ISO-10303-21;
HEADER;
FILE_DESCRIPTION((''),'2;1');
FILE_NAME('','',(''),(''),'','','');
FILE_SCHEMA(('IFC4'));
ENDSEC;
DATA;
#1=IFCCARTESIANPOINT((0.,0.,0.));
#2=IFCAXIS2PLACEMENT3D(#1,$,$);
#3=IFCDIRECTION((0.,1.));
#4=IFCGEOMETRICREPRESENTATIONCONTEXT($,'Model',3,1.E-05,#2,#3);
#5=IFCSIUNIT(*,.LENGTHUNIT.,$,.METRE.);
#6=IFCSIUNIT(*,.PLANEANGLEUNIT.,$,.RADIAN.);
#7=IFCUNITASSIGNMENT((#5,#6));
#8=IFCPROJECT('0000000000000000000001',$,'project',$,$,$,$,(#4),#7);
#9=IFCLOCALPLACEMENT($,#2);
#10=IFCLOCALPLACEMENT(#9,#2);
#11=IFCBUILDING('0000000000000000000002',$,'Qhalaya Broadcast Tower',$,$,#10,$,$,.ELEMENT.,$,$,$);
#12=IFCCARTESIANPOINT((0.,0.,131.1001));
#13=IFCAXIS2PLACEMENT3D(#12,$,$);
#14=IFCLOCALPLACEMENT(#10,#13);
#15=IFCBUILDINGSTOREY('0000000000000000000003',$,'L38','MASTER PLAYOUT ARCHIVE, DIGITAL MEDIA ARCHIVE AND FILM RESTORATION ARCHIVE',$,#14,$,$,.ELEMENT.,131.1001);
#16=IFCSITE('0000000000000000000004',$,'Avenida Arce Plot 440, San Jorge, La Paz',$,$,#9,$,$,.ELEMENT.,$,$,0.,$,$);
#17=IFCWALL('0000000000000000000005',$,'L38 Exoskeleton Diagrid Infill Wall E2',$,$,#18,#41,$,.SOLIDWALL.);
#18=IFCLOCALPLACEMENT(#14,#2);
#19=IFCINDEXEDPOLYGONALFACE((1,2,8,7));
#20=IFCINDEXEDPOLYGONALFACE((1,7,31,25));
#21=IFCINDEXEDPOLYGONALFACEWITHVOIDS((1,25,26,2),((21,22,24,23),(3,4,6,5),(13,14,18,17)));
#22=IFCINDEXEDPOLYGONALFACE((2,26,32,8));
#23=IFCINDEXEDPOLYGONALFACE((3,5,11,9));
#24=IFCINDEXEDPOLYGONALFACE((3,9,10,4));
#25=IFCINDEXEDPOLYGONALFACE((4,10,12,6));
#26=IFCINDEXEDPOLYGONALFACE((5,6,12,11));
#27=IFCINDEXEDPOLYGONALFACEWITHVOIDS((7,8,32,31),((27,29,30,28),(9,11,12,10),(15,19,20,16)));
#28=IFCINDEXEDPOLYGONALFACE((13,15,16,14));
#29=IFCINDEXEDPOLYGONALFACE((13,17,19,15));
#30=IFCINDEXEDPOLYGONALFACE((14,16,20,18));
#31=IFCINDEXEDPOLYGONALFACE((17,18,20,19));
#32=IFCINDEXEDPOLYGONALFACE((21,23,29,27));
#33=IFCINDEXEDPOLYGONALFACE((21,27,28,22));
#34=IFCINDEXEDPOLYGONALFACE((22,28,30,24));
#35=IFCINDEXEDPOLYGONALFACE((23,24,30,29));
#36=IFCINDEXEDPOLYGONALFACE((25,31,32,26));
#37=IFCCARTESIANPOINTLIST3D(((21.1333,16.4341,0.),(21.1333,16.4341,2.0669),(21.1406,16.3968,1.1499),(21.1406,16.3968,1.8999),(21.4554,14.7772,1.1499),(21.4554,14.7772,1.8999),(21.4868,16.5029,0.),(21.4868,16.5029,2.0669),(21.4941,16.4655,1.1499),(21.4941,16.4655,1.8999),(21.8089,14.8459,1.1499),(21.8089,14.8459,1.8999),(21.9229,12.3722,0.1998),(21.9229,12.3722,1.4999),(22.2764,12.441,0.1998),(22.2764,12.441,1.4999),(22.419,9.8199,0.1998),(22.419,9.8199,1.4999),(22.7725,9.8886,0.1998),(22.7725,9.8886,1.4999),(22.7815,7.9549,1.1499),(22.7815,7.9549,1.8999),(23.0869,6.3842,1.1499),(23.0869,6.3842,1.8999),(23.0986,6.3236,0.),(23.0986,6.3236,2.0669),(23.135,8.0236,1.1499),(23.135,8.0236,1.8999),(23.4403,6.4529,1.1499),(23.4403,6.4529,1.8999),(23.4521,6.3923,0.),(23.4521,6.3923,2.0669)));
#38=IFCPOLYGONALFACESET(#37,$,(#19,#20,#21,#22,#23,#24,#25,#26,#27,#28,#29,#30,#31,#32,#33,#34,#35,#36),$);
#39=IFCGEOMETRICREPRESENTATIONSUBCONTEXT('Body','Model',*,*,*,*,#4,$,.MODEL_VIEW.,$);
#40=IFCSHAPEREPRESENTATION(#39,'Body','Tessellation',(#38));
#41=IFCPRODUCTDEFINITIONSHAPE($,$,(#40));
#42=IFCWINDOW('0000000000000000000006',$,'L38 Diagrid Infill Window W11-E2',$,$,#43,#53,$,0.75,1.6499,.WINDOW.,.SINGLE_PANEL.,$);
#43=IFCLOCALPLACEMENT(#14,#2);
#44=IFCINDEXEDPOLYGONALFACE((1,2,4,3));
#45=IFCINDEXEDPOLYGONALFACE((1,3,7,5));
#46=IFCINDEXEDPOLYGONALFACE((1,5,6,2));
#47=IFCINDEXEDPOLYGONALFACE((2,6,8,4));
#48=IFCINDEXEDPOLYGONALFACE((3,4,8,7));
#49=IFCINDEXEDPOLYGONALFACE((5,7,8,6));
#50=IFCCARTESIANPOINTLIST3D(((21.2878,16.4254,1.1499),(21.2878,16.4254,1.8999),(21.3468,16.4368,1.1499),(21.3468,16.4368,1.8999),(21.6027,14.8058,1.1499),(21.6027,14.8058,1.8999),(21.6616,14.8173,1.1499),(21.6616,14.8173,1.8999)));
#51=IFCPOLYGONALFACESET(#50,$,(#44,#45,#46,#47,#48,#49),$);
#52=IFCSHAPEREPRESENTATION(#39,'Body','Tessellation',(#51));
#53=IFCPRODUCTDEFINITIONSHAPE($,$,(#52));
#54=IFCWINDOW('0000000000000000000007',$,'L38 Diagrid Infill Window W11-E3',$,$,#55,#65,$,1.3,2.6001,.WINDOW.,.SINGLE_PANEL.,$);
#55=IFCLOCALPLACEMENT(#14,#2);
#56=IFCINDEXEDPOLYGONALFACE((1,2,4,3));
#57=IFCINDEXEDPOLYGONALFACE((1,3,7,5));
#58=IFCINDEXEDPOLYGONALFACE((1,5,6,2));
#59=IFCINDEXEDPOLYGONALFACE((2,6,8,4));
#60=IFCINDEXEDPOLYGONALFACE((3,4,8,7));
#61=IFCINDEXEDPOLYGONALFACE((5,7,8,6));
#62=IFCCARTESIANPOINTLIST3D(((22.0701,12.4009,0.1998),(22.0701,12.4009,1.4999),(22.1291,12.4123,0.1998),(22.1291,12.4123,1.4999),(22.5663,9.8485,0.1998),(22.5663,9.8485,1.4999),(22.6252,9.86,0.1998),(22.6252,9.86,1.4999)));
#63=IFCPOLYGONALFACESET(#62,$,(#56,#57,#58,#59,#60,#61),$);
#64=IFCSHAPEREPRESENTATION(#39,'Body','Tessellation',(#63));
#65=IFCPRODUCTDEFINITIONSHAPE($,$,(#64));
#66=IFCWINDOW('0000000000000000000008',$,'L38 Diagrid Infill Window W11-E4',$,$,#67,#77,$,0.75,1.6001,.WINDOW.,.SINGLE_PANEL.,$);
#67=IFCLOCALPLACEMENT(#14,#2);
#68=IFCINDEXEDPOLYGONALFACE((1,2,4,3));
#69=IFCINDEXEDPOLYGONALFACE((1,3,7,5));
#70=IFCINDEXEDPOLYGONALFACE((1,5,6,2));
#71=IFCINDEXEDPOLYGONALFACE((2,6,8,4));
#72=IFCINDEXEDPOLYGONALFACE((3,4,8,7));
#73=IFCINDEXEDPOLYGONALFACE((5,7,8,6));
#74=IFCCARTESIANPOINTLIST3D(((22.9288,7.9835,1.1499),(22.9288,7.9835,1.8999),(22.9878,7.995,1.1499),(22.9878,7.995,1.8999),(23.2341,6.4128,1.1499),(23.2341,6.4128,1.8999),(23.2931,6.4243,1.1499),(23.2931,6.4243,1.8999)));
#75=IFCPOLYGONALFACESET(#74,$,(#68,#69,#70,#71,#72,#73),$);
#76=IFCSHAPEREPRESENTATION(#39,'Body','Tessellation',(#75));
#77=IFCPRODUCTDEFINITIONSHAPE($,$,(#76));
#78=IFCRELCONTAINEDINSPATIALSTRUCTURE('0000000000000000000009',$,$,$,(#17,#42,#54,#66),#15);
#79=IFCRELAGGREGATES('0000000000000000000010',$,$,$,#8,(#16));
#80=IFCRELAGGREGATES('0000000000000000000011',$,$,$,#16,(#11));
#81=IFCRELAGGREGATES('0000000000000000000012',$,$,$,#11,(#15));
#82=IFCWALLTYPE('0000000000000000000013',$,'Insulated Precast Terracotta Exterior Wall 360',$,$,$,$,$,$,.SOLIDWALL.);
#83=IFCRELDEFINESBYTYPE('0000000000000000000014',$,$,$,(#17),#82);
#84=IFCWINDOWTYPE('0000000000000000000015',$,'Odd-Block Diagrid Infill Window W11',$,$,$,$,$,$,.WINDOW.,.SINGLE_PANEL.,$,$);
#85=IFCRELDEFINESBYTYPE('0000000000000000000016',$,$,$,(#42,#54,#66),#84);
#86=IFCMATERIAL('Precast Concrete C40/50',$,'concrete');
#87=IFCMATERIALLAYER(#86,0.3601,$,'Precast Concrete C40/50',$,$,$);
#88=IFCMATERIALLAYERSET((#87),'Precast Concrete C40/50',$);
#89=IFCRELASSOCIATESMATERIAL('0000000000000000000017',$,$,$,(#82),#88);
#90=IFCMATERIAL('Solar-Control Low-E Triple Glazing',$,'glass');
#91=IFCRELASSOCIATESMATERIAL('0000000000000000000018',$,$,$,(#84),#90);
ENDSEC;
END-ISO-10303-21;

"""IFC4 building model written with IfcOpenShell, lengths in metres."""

from ifc_helpers import new_model, si_unit, direction, frame, frame_2d, origin, place, context, subcontext, project, spatial, rectangle, extrude, material, layer, layer_set, type_object, element, fill, save


model = new_model("IFC4")

# Units and contexts
model_context = context("Model", 3, precision=1e-05, world=origin(), true_north=direction((0.0, 1.0)))
body_context = subcontext(model_context, "Body", "Model", "MODEL_VIEW")
ifc_project = project(units=[si_unit("LENGTHUNIT", "METRE"), si_unit("PLANEANGLEUNIT", "RADIAN")], contexts=[model_context])

# Site, building, storey
site_placement = place(None, origin())
site = spatial("IfcSite", under=ifc_project, at=site_placement, Name="Avenida Arce Plot 440, San Jorge, La Paz", CompositionType="ELEMENT", RefElevation=0.0)
building_placement = place(site_placement, origin())
building = spatial("IfcBuilding", under=site, at=building_placement, Name="Qhalaya Broadcast Tower", CompositionType="ELEMENT")
storey_placement = place(building_placement, frame((0.0, 0.0, 131.1001)))
storey = spatial("IfcBuildingStorey", under=building, at=storey_placement, Name="L38", Description="MASTER PLAYOUT ARCHIVE, DIGITAL MEDIA ARCHIVE AND FILM RESTORATION ARCHIVE", CompositionType="ELEMENT", Elevation=131.1001)

# Shared definitions
ifc_material_1 = material(Name="Precast Concrete C40/50", Category="concrete")
ifc_layer_1 = layer(ifc_material_1, 0.3601, Name="Precast Concrete C40/50")
ifc_layer_set_1 = layer_set([ifc_layer_1], Name="Precast Concrete C40/50")
wall_type = type_object("IfcWallType", Name="Insulated Precast Terracotta Exterior Wall 360", PredefinedType="SOLIDWALL", material=ifc_layer_set_1)
ifc_material_2 = material(Name="Solar-Control Low-E Triple Glazing", Category="glass")
window_type = type_object("IfcWindowType", Name="Odd-Block Diagrid Infill Window W11", PartitioningType="SINGLE_PANEL", PredefinedType="WINDOW", material=ifc_material_2)

# Wall, openings, windows
wall_1_placement = place(storey_placement, frame((21.3101, 16.4685, 0.0), z_axis=(0.0, 0.0, 1.0), x_axis=(0.190812, -0.981627, 0.0)))
wall_1 = element("IfcWall", 1, at=wall_1_placement, inside=storey, type_object=wall_type, Name="L38 Exoskeleton Diagrid Infill Wall E2", PredefinedType="SOLIDWALL", context=body_context, shape_type="SweptSolid", body=[
    extrude(rectangle(XDim=10.2998, YDim=0.3601, at=frame_2d((5.1499, 0.0))), origin(), (0.0, 0.0, 1.0), 2.0669),
])
opening_1_placement = place(wall_1_placement, frame((0.0381, 0.0, 1.1499)))
opening_1 = element("IfcOpeningElement", 2, at=opening_1_placement, cuts=wall_1, PredefinedType="OPENING", context=body_context, shape_type="SweptSolid", body=[
    extrude(rectangle(XDim=1.6499, YDim=0.75, at=frame_2d((0.825, 0.375))), frame((0.0, 0.1921, 0.0), z_axis=(0.0, -1.0, 0.0), x_axis=(1.0, 0.0, 0.0)), (0.0, 0.0, 1.0), 0.384),
])
opening_2_placement = place(wall_1_placement, frame((4.1379, 0.0, 0.2)))
opening_2 = element("IfcOpeningElement", 3, at=opening_2_placement, cuts=wall_1, PredefinedType="OPENING", context=body_context, shape_type="SweptSolid", body=[
    extrude(rectangle(XDim=2.6001, YDim=1.3, at=frame_2d((1.3, 0.6499))), frame((0.0, 0.1921, 0.0), z_axis=(0.0, -1.0, 0.0), x_axis=(1.0, 0.0, 0.0)), (0.0, 0.0, 1.0), 0.384),
])
opening_3_placement = place(wall_1_placement, frame((8.6379, 0.0, 1.1499)))
opening_3 = element("IfcOpeningElement", 4, at=opening_3_placement, cuts=wall_1, PredefinedType="OPENING", context=body_context, shape_type="SweptSolid", body=[
    extrude(rectangle(XDim=1.6001, YDim=0.75, at=frame_2d((0.8, 0.375))), frame((0.0, 0.1921, 0.0), z_axis=(0.0, -1.0, 0.0), x_axis=(1.0, 0.0, 0.0)), (0.0, 0.0, 1.0), 0.384),
])
window_1_placement = place(opening_1_placement, origin())
window_1 = element("IfcWindow", 5, at=window_1_placement, inside=storey, type_object=window_type, Name="L38 Diagrid Infill Window W11-E2", OverallHeight=0.75, OverallWidth=1.6499, PartitioningType="SINGLE_PANEL", PredefinedType="WINDOW", context=body_context, shape_type="SweptSolid", body=[
    extrude(rectangle(XDim=1.6499, YDim=0.75, at=frame_2d((0.825, 0.375))), frame((0.0, 0.03, 0.0), z_axis=(0.0, -1.0, 0.0), x_axis=(1.0, 0.0, 0.0)), (0.0, 0.0, 1.0), 0.0601),
])
fill(opening_1, window_1)
window_2_placement = place(opening_2_placement, origin())
window_2 = element("IfcWindow", 6, at=window_2_placement, inside=storey, type_object=window_type, Name="L38 Diagrid Infill Window W11-E3", OverallHeight=1.3, OverallWidth=2.6001, PartitioningType="SINGLE_PANEL", PredefinedType="WINDOW", context=body_context, shape_type="SweptSolid", body=[
    extrude(rectangle(XDim=2.6001, YDim=1.3, at=frame_2d((1.3, 0.6499))), frame((0.0, 0.03, 0.0), z_axis=(0.0, -1.0, 0.0), x_axis=(1.0, 0.0, 0.0)), (0.0, 0.0, 1.0), 0.0601),
])
fill(opening_2, window_2)
window_3_placement = place(opening_3_placement, origin())
window_3 = element("IfcWindow", 7, at=window_3_placement, inside=storey, type_object=window_type, Name="L38 Diagrid Infill Window W11-E4", OverallHeight=0.75, OverallWidth=1.6001, PartitioningType="SINGLE_PANEL", PredefinedType="WINDOW", context=body_context, shape_type="SweptSolid", body=[
    extrude(rectangle(XDim=1.6001, YDim=0.75, at=frame_2d((0.8, 0.375))), frame((0.0, 0.03, 0.0), z_axis=(0.0, -1.0, 0.0), x_axis=(1.0, 0.0, 0.0)), (0.0, 0.0, 1.0), 0.0601),
])
fill(opening_3, window_3)

save(model, "model.ifc")
